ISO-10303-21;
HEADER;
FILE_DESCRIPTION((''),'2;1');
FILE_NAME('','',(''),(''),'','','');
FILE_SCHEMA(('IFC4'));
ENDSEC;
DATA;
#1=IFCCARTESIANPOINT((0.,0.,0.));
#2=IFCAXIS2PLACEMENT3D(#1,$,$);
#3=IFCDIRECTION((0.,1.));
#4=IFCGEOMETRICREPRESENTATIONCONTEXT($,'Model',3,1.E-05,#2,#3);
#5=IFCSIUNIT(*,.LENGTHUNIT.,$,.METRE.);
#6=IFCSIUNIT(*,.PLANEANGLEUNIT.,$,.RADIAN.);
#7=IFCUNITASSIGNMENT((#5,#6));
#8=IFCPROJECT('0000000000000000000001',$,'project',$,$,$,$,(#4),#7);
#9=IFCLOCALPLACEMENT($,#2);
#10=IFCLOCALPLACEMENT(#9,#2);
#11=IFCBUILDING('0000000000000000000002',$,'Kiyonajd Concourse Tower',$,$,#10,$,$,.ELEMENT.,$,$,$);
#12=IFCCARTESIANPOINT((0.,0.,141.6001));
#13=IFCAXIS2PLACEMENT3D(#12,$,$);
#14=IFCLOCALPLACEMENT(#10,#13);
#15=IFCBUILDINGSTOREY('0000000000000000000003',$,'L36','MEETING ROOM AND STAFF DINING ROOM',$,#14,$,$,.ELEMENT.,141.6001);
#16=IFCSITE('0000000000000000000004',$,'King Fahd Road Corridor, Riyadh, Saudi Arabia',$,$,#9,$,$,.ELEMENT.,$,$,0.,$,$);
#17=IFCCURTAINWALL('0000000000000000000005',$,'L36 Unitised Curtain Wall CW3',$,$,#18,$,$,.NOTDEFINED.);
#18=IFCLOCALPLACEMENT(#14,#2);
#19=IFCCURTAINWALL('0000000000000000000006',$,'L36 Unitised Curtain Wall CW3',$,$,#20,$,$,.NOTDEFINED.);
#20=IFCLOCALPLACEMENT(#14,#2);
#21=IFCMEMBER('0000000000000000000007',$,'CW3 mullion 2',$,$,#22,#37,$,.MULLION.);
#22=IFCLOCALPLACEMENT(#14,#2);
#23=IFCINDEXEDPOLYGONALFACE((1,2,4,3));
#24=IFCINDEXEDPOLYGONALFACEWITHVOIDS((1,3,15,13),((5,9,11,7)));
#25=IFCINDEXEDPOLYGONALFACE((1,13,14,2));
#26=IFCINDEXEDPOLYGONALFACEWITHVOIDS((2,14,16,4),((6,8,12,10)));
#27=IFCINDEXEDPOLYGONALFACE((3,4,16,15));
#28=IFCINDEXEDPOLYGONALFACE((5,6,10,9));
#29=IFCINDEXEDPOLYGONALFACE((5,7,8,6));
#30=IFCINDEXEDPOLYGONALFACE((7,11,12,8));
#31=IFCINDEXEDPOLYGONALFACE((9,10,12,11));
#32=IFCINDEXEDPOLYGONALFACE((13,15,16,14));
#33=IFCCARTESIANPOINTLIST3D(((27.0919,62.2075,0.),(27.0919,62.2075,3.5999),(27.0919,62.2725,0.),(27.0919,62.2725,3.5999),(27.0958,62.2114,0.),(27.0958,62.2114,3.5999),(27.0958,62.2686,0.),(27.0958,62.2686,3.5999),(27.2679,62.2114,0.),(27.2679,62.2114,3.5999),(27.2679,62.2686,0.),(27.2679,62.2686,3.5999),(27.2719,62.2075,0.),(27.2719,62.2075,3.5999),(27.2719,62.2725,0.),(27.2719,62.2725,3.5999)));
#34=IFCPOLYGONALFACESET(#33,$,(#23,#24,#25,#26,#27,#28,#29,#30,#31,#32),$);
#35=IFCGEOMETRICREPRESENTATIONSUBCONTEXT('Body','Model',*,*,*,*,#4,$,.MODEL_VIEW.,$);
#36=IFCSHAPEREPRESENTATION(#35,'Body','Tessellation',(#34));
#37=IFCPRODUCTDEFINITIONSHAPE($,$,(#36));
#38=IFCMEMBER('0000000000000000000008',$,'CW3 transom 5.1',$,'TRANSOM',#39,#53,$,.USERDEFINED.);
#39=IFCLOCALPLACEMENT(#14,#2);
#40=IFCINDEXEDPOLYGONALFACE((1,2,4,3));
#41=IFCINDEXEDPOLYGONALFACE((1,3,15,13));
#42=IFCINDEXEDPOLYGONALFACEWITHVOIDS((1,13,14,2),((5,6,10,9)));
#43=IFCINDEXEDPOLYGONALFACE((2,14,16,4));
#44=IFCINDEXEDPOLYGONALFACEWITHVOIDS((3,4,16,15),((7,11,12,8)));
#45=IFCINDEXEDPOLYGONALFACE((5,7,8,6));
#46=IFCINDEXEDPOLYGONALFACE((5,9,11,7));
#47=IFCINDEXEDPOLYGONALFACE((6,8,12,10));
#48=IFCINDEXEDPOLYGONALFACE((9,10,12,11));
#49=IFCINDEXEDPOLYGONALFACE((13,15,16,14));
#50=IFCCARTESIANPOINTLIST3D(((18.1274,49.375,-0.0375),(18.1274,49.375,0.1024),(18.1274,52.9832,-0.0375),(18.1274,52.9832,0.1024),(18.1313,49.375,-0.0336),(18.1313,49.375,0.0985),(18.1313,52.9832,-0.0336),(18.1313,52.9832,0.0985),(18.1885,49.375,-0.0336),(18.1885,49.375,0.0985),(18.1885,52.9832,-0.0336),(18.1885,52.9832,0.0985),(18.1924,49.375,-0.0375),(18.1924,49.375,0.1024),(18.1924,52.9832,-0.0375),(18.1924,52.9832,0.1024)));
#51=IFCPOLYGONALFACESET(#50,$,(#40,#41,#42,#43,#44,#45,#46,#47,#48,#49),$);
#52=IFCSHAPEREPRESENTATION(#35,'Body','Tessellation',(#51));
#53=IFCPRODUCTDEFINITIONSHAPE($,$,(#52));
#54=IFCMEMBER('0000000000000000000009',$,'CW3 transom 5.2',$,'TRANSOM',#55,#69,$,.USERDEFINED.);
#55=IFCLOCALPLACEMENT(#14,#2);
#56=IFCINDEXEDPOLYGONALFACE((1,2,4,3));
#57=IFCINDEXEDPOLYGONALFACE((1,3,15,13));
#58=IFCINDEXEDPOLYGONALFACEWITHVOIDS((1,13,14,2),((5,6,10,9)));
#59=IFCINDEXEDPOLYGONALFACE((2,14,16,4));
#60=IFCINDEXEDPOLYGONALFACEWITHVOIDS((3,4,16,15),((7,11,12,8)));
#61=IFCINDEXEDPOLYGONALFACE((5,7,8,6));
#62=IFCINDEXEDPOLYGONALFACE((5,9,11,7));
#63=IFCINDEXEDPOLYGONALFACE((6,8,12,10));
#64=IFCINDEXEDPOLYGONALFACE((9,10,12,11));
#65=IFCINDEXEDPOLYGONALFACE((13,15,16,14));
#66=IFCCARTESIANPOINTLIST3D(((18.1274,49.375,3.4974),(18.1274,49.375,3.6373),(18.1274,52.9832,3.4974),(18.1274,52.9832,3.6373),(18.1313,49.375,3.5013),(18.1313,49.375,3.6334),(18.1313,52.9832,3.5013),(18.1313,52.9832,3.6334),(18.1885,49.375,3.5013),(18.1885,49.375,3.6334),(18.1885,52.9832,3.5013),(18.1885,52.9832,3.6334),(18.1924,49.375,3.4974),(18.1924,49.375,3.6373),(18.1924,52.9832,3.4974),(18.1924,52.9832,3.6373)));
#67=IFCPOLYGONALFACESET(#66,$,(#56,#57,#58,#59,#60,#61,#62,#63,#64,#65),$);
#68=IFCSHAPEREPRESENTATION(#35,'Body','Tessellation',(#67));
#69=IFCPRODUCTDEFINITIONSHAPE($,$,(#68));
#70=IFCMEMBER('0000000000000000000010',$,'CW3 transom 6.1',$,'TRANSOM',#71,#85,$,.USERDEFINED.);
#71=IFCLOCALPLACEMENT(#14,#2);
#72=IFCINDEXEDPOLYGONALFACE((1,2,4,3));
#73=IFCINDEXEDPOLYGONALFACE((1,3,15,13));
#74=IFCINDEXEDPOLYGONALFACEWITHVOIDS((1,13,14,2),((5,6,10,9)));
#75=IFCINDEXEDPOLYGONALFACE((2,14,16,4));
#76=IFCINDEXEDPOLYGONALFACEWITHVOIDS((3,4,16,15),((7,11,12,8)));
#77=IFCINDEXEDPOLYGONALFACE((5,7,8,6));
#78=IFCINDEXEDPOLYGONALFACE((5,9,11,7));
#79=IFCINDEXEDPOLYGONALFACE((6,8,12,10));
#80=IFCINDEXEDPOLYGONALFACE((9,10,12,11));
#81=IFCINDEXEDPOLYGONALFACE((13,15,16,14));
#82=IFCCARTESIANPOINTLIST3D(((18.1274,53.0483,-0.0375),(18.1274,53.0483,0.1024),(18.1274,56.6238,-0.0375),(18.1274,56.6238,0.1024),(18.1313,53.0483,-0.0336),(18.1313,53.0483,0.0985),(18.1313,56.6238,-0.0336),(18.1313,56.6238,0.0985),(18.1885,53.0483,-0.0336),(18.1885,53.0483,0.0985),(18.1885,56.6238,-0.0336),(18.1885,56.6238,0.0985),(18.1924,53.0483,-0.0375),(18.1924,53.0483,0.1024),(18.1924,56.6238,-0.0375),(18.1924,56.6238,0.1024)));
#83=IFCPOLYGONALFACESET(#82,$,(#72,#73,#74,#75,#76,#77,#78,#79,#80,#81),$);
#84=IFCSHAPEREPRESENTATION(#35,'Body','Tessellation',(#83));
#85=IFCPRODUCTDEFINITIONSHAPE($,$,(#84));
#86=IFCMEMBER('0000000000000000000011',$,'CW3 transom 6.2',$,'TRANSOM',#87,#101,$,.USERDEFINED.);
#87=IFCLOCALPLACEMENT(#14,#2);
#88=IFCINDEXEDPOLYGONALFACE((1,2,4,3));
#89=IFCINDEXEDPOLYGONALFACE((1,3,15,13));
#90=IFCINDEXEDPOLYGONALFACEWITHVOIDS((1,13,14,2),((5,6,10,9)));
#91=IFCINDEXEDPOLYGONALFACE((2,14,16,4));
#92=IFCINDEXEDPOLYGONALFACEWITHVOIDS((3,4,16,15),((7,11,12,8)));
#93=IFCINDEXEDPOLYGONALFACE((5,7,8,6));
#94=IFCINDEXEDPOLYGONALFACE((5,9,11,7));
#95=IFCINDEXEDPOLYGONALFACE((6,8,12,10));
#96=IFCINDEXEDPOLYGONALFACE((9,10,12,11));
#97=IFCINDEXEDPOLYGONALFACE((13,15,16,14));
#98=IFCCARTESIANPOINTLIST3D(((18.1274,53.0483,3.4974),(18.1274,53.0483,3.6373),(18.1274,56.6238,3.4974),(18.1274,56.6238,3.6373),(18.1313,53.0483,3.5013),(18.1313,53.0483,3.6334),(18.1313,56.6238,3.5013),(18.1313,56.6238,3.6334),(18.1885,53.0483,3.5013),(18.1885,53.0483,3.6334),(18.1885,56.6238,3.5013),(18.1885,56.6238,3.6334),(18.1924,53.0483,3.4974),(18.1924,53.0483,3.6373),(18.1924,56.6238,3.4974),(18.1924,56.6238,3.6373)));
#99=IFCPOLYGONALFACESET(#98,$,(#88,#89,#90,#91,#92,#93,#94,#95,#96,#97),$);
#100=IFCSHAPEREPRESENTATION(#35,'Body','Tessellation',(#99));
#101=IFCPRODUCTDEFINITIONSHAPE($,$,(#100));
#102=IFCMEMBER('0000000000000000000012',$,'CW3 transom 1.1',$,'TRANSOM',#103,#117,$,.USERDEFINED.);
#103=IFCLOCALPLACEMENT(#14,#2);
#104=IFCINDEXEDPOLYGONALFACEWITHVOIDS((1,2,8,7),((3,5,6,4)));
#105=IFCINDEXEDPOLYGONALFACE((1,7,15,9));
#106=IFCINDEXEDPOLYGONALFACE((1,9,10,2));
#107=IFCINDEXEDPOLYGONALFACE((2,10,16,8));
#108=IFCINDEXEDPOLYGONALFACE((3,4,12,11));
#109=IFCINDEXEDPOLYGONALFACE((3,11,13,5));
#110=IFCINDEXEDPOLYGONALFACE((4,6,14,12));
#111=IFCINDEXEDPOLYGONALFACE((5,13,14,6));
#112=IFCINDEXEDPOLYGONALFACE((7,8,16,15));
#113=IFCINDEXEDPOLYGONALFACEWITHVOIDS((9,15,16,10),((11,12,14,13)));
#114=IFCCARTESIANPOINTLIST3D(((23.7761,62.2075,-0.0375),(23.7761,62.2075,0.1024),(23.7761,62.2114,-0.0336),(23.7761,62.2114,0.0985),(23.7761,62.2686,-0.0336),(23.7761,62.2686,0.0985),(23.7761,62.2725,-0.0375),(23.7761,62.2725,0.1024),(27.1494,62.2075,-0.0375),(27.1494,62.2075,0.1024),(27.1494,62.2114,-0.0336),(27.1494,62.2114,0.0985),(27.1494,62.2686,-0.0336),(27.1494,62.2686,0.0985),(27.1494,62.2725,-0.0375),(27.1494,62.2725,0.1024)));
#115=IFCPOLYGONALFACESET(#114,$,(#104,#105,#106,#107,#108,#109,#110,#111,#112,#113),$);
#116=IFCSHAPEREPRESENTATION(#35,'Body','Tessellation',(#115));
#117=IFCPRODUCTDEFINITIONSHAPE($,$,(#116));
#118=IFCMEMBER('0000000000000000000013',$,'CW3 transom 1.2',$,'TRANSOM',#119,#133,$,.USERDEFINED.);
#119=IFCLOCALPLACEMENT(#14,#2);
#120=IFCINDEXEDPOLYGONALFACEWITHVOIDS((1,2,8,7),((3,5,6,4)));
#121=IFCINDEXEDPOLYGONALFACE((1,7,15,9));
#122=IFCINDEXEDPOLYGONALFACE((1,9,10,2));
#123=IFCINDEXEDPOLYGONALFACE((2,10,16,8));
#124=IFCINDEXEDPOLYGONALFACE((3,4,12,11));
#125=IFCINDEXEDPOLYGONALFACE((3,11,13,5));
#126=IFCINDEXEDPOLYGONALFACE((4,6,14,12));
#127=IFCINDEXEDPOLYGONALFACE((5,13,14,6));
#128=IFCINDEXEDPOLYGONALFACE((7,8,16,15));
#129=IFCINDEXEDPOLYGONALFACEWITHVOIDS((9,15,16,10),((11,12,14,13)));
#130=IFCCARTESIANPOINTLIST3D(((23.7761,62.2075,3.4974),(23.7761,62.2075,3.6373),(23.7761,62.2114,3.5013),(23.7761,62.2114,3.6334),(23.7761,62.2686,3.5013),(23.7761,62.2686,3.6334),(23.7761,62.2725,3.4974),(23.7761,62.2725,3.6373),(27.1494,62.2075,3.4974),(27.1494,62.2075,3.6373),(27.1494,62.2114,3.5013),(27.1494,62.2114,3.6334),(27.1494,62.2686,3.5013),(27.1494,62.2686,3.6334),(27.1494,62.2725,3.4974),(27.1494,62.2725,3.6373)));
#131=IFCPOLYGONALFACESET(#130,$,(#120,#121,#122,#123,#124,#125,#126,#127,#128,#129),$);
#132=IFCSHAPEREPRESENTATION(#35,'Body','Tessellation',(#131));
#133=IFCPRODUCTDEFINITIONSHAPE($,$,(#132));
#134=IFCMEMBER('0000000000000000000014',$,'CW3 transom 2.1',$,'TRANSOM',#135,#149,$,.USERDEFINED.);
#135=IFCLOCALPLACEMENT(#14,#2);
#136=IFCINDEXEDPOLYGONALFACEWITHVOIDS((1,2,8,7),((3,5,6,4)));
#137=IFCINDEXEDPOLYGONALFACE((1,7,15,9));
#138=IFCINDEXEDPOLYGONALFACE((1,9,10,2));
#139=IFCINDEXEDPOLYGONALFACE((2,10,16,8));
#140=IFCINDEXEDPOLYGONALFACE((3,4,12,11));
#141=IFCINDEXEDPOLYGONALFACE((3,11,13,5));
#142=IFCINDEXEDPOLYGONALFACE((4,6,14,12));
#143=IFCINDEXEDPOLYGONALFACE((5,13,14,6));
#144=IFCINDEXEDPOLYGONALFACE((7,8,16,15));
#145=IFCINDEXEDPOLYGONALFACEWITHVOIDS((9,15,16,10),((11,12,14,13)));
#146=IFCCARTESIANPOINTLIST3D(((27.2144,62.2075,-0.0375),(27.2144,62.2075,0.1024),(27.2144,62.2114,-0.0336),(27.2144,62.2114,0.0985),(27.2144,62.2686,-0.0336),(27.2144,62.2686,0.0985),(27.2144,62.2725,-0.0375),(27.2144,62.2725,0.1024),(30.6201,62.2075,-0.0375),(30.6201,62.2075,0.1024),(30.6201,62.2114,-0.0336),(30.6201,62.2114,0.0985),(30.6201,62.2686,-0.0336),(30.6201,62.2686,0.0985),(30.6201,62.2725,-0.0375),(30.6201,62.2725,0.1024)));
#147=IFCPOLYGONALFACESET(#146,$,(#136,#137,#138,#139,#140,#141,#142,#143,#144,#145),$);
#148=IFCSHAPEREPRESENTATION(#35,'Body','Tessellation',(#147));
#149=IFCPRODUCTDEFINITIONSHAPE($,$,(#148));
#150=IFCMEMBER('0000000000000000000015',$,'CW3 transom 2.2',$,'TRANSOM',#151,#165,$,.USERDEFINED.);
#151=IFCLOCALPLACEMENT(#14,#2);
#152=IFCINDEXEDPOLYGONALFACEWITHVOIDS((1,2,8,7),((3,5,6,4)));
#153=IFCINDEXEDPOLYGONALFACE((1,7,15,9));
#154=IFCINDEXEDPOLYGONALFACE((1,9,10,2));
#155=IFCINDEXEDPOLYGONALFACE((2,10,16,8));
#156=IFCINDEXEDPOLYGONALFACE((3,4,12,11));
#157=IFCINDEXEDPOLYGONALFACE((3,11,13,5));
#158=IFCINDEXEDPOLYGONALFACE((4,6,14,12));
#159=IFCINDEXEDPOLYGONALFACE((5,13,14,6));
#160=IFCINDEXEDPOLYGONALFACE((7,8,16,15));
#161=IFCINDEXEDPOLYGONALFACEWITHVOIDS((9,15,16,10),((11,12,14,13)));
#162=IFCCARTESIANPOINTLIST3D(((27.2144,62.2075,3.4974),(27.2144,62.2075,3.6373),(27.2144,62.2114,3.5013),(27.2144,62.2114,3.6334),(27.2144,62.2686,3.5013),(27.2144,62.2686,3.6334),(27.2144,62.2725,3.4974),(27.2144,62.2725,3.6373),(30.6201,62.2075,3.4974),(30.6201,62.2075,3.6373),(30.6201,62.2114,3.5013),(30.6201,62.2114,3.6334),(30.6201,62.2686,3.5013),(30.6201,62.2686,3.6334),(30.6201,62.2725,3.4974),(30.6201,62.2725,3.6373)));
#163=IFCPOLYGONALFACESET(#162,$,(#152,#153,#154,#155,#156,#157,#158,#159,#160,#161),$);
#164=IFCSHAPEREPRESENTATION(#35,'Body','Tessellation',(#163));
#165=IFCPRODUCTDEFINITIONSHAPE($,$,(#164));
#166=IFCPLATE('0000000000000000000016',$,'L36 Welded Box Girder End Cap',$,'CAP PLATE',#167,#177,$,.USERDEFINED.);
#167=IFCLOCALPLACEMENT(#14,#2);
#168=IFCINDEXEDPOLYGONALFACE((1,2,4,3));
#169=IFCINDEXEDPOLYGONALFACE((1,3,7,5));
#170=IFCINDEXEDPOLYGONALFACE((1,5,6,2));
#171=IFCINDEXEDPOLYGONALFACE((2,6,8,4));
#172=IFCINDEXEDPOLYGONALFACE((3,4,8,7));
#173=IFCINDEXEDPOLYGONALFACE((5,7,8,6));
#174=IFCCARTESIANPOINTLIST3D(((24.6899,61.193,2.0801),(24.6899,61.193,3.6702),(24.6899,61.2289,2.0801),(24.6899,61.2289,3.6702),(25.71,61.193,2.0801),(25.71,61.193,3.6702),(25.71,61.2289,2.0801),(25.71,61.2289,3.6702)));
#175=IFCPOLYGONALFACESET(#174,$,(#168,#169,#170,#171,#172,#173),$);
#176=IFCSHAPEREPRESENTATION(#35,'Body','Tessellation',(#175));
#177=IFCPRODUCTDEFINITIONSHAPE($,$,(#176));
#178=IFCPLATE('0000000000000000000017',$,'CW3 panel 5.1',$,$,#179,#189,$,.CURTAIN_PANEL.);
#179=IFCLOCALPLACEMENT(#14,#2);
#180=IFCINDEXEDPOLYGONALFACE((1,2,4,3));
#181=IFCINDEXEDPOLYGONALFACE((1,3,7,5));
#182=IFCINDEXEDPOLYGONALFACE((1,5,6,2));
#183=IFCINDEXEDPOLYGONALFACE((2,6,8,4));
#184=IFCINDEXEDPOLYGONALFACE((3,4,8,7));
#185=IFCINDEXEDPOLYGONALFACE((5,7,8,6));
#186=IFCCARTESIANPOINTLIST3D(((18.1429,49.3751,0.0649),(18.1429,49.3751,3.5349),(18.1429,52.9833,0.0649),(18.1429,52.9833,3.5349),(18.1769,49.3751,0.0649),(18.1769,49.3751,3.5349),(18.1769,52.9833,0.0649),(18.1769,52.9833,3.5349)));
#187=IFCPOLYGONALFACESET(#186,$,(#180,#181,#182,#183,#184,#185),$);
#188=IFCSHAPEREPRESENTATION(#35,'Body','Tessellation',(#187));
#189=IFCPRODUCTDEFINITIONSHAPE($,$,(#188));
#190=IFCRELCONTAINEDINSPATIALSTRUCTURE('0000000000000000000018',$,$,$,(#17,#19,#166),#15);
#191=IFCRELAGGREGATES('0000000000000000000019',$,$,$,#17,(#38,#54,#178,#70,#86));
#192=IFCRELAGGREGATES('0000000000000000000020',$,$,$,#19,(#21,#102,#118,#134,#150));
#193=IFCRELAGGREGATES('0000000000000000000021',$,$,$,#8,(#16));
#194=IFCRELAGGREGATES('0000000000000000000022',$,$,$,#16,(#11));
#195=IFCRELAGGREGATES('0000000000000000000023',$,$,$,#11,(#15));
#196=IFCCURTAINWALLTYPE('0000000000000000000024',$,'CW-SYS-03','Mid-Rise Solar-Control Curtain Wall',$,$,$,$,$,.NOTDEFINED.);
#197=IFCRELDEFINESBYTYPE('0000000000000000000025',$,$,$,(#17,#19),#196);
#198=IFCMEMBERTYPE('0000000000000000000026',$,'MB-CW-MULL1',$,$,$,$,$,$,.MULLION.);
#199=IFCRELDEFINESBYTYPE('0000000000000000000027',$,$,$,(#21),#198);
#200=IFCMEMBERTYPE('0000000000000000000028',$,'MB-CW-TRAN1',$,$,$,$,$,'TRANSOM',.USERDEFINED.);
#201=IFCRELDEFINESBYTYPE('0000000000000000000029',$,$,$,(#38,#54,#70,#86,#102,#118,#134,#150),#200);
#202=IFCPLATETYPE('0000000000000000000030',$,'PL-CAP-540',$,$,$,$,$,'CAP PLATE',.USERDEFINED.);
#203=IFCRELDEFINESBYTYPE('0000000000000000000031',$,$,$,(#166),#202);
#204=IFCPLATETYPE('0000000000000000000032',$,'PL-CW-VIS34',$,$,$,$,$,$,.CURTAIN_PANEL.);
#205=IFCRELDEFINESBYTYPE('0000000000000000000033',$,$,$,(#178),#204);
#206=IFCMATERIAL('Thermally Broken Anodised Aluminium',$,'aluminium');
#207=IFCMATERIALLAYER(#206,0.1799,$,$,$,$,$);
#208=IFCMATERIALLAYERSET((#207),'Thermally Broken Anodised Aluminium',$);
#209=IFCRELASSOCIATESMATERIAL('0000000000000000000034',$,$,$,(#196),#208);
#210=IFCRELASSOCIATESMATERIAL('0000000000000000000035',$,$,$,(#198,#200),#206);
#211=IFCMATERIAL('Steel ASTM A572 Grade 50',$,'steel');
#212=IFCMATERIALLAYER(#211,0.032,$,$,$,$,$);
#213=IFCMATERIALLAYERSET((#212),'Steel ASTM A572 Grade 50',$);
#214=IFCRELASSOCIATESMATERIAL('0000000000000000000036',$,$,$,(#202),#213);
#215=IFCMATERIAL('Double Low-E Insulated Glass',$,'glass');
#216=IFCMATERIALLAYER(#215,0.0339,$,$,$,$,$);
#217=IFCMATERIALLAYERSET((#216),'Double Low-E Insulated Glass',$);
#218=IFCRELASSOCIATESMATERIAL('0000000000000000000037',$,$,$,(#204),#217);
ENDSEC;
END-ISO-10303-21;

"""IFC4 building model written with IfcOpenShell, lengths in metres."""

from ifc_helpers import new_model, si_unit, direction, frame, origin, origin_2d, place, context, subcontext, project, spatial, rectangle, hollow_rectangle, extrude, material, layer, layer_set, material_profile, profile_set, type_object, element, aggregate, save


model = new_model("IFC4")

# Units and contexts
model_context = context("Model", 3, precision=1e-05, world=origin(), true_north=direction((0.0, 1.0)))
body_context = subcontext(model_context, "Body", "Model", "MODEL_VIEW")
ifc_project = project(units=[si_unit("LENGTHUNIT", "METRE"), si_unit("PLANEANGLEUNIT", "RADIAN")], contexts=[model_context])

# Site, building, storey
site_placement = place(None, origin())
site = spatial("IfcSite", under=ifc_project, at=site_placement, Name="King Fahd Road Corridor, Riyadh, Saudi Arabia", CompositionType="ELEMENT", RefElevation=0.0)
building_placement = place(site_placement, origin())
building = spatial("IfcBuilding", under=site, at=building_placement, Name="Kiyonajd Concourse Tower", CompositionType="ELEMENT")
storey_placement = place(building_placement, frame((0.0, 0.0, 141.6001)))
storey = spatial("IfcBuildingStorey", under=building, at=storey_placement, Name="L36", Description="MEETING ROOM AND STAFF DINING ROOM", CompositionType="ELEMENT", Elevation=141.6001)

# Curtain walls, member
ifc_material_1 = material(Name="Thermally Broken Anodised Aluminium", Category="aluminium")
ifc_layer_1 = layer(ifc_material_1, 0.1799)
ifc_layer_set_1 = layer_set([ifc_layer_1], Name="Thermally Broken Anodised Aluminium")
curtain_wall_type = type_object("IfcCurtainWallType", Name="CW-SYS-03", Description="Mid-Rise Solar-Control Curtain Wall", PredefinedType="NOTDEFINED", material=ifc_layer_set_1)
curtain_wall_1_placement = place(storey_placement, origin())
curtain_wall_1 = element("IfcCurtainWall", 1, at=curtain_wall_1_placement, inside=storey, type_object=curtain_wall_type, Name="L36 Unitised Curtain Wall CW3", PredefinedType="NOTDEFINED")
ifc_material_profile_1 = material_profile(ifc_material_1, hollow_rectangle(XDim=0.0649, YDim=0.1799, WallThickness=0.0039, at=origin_2d()), Name="MULL-65x180")
ifc_profile_set_1 = profile_set([ifc_material_profile_1], Name="Thermally Broken Anodised Aluminium")
member_type_1 = type_object("IfcMemberType", Name="MB-CW-MULL1", PredefinedType="MULLION", material=ifc_profile_set_1)
curtain_wall_2_placement = place(storey_placement, origin())
curtain_wall_2 = element("IfcCurtainWall", 2, at=curtain_wall_2_placement, inside=storey, type_object=curtain_wall_type, Name="L36 Unitised Curtain Wall CW3", PredefinedType="NOTDEFINED")
member_1_placement = place(storey_placement, frame((27.1819, 62.24, 0.0), z_axis=(0.0, 0.0, 1.0), x_axis=(0.0, 1.0, 0.0)))
member_1 = element("IfcMember", 3, at=member_1_placement, type_object=member_type_1, Name="CW3 mullion 2", PredefinedType="MULLION", context=body_context, shape_type="SweptSolid", body=[
    extrude(hollow_rectangle(XDim=0.0649, YDim=0.1799, WallThickness=0.0039, at=origin_2d()), origin(), (0.0, 0.0, 1.0), 3.5999),
])

# Members
ifc_material_profile_2 = material_profile(ifc_material_1, hollow_rectangle(XDim=0.0649, YDim=0.1399, WallThickness=0.0039, at=origin_2d()), Name="TRAN-65x140")
ifc_profile_set_2 = profile_set([ifc_material_profile_2], Name="Thermally Broken Anodised Aluminium")
member_type_2 = type_object("IfcMemberType", Name="MB-CW-TRAN1", ElementType="TRANSOM", PredefinedType="USERDEFINED", material=ifc_profile_set_2)
member_2_placement = place(storey_placement, frame((18.1599, 49.375, 0.0325), z_axis=(0.0, 1.0, 0.0), x_axis=(-1.0, 0.0, 0.0)))
member_2 = element("IfcMember", 4, at=member_2_placement, type_object=member_type_2, Name="CW3 transom 5.1", ObjectType="TRANSOM", PredefinedType="USERDEFINED", context=body_context, shape_type="SweptSolid", body=[
    extrude(hollow_rectangle(XDim=0.0649, YDim=0.1399, WallThickness=0.0039, at=origin_2d()), origin(), (0.0, 0.0, 1.0), 3.6082),
])
member_3_placement = place(storey_placement, frame((18.1599, 49.375, 3.5674), z_axis=(0.0, 1.0, 0.0), x_axis=(-1.0, 0.0, 0.0)))
member_3 = element("IfcMember", 5, at=member_3_placement, type_object=member_type_2, Name="CW3 transom 5.2", ObjectType="TRANSOM", PredefinedType="USERDEFINED", context=body_context, shape_type="SweptSolid", body=[
    extrude(hollow_rectangle(XDim=0.0649, YDim=0.1399, WallThickness=0.0039, at=origin_2d()), origin(), (0.0, 0.0, 1.0), 3.6082),
])
member_4_placement = place(storey_placement, frame((18.1599, 53.0483, 0.0325), z_axis=(0.0, 1.0, 0.0), x_axis=(-1.0, 0.0, 0.0)))
member_4 = element("IfcMember", 6, at=member_4_placement, type_object=member_type_2, Name="CW3 transom 6.1", ObjectType="TRANSOM", PredefinedType="USERDEFINED", context=body_context, shape_type="SweptSolid", body=[
    extrude(hollow_rectangle(XDim=0.0649, YDim=0.1399, WallThickness=0.0039, at=origin_2d()), origin(), (0.0, 0.0, 1.0), 3.5754),
])
member_5_placement = place(storey_placement, frame((18.1599, 53.0483, 3.5674), z_axis=(0.0, 1.0, 0.0), x_axis=(-1.0, 0.0, 0.0)))
member_5 = element("IfcMember", 7, at=member_5_placement, type_object=member_type_2, Name="CW3 transom 6.2", ObjectType="TRANSOM", PredefinedType="USERDEFINED", context=body_context, shape_type="SweptSolid", body=[
    extrude(hollow_rectangle(XDim=0.0649, YDim=0.1399, WallThickness=0.0039, at=origin_2d()), origin(), (0.0, 0.0, 1.0), 3.5754),
])
member_6_placement = place(storey_placement, frame((23.7761, 62.24, 0.0325), z_axis=(1.0, 0.0, 0.0), x_axis=(0.0, 1.0, 0.0)))
member_6 = element("IfcMember", 8, at=member_6_placement, type_object=member_type_2, Name="CW3 transom 1.1", ObjectType="TRANSOM", PredefinedType="USERDEFINED", context=body_context, shape_type="SweptSolid", body=[
    extrude(hollow_rectangle(XDim=0.0649, YDim=0.1399, WallThickness=0.0039, at=origin_2d()), origin(), (0.0, 0.0, 1.0), 3.3733),
])
member_7_placement = place(storey_placement, frame((23.7761, 62.24, 3.5674), z_axis=(1.0, 0.0, 0.0), x_axis=(0.0, 1.0, 0.0)))
member_7 = element("IfcMember", 9, at=member_7_placement, type_object=member_type_2, Name="CW3 transom 1.2", ObjectType="TRANSOM", PredefinedType="USERDEFINED", context=body_context, shape_type="SweptSolid", body=[
    extrude(hollow_rectangle(XDim=0.0649, YDim=0.1399, WallThickness=0.0039, at=origin_2d()), origin(), (0.0, 0.0, 1.0), 3.3733),
])
member_8_placement = place(storey_placement, frame((27.2144, 62.24, 0.0325), z_axis=(1.0, 0.0, 0.0), x_axis=(0.0, 1.0, 0.0)))
member_8 = element("IfcMember", 10, at=member_8_placement, type_object=member_type_2, Name="CW3 transom 2.1", ObjectType="TRANSOM", PredefinedType="USERDEFINED", context=body_context, shape_type="SweptSolid", body=[
    extrude(hollow_rectangle(XDim=0.0649, YDim=0.1399, WallThickness=0.0039, at=origin_2d()), origin(), (0.0, 0.0, 1.0), 3.4058),
])
member_9_placement = place(storey_placement, frame((27.2144, 62.24, 3.5674), z_axis=(1.0, 0.0, 0.0), x_axis=(0.0, 1.0, 0.0)))
member_9 = element("IfcMember", 11, at=member_9_placement, type_object=member_type_2, Name="CW3 transom 2.2", ObjectType="TRANSOM", PredefinedType="USERDEFINED", context=body_context, shape_type="SweptSolid", body=[
    extrude(hollow_rectangle(XDim=0.0649, YDim=0.1399, WallThickness=0.0039, at=origin_2d()), origin(), (0.0, 0.0, 1.0), 3.4058),
])

# Plates
ifc_material_2 = material(Name="Steel ASTM A572 Grade 50", Category="steel")
ifc_layer_2 = layer(ifc_material_2, 0.032)
ifc_layer_set_2 = layer_set([ifc_layer_2], Name="Steel ASTM A572 Grade 50")
plate_type_1 = type_object("IfcPlateType", Name="PL-CAP-540", ElementType="CAP PLATE", PredefinedType="USERDEFINED", material=ifc_layer_set_2)
plate_1_placement = place(storey_placement, frame((25.2, 61.2109, 2.0801), z_axis=(0.0, 0.0, 1.0), x_axis=(0.0, 1.0, 0.0)))
element("IfcPlate", 12, at=plate_1_placement, inside=storey, type_object=plate_type_1, Name="L36 Welded Box Girder End Cap", ObjectType="CAP PLATE", PredefinedType="USERDEFINED", context=body_context, shape_type="SweptSolid", body=[
    extrude(rectangle(XDim=0.0359, YDim=1.02, at=origin_2d()), origin(), (0.0, 0.0, 1.0), 1.5901),
])
ifc_material_3 = material(Name="Double Low-E Insulated Glass", Category="glass")
ifc_layer_3 = layer(ifc_material_3, 0.0339)
ifc_layer_set_3 = layer_set([ifc_layer_3], Name="Double Low-E Insulated Glass")
plate_type_2 = type_object("IfcPlateType", Name="PL-CW-VIS34", PredefinedType="CURTAIN_PANEL", material=ifc_layer_set_3)
plate_2_placement = place(storey_placement, frame((18.1599, 51.1792, 0.0649), z_axis=(0.0, 0.0, 1.0), x_axis=(0.0, 1.0, 0.0)))
plate_2 = element("IfcPlate", 13, at=plate_2_placement, type_object=plate_type_2, Name="CW3 panel 5.1", PredefinedType="CURTAIN_PANEL", context=body_context, shape_type="SweptSolid", body=[
    extrude(rectangle(XDim=3.6082, YDim=0.0339, at=origin_2d()), origin(), (0.0, 0.0, 1.0), 3.47),
])
aggregate(curtain_wall_1, [member_2, member_3, plate_2, member_4, member_5])
aggregate(curtain_wall_2, [member_1, member_6, member_7, member_8, member_9])

save(model, "model.ifc")
